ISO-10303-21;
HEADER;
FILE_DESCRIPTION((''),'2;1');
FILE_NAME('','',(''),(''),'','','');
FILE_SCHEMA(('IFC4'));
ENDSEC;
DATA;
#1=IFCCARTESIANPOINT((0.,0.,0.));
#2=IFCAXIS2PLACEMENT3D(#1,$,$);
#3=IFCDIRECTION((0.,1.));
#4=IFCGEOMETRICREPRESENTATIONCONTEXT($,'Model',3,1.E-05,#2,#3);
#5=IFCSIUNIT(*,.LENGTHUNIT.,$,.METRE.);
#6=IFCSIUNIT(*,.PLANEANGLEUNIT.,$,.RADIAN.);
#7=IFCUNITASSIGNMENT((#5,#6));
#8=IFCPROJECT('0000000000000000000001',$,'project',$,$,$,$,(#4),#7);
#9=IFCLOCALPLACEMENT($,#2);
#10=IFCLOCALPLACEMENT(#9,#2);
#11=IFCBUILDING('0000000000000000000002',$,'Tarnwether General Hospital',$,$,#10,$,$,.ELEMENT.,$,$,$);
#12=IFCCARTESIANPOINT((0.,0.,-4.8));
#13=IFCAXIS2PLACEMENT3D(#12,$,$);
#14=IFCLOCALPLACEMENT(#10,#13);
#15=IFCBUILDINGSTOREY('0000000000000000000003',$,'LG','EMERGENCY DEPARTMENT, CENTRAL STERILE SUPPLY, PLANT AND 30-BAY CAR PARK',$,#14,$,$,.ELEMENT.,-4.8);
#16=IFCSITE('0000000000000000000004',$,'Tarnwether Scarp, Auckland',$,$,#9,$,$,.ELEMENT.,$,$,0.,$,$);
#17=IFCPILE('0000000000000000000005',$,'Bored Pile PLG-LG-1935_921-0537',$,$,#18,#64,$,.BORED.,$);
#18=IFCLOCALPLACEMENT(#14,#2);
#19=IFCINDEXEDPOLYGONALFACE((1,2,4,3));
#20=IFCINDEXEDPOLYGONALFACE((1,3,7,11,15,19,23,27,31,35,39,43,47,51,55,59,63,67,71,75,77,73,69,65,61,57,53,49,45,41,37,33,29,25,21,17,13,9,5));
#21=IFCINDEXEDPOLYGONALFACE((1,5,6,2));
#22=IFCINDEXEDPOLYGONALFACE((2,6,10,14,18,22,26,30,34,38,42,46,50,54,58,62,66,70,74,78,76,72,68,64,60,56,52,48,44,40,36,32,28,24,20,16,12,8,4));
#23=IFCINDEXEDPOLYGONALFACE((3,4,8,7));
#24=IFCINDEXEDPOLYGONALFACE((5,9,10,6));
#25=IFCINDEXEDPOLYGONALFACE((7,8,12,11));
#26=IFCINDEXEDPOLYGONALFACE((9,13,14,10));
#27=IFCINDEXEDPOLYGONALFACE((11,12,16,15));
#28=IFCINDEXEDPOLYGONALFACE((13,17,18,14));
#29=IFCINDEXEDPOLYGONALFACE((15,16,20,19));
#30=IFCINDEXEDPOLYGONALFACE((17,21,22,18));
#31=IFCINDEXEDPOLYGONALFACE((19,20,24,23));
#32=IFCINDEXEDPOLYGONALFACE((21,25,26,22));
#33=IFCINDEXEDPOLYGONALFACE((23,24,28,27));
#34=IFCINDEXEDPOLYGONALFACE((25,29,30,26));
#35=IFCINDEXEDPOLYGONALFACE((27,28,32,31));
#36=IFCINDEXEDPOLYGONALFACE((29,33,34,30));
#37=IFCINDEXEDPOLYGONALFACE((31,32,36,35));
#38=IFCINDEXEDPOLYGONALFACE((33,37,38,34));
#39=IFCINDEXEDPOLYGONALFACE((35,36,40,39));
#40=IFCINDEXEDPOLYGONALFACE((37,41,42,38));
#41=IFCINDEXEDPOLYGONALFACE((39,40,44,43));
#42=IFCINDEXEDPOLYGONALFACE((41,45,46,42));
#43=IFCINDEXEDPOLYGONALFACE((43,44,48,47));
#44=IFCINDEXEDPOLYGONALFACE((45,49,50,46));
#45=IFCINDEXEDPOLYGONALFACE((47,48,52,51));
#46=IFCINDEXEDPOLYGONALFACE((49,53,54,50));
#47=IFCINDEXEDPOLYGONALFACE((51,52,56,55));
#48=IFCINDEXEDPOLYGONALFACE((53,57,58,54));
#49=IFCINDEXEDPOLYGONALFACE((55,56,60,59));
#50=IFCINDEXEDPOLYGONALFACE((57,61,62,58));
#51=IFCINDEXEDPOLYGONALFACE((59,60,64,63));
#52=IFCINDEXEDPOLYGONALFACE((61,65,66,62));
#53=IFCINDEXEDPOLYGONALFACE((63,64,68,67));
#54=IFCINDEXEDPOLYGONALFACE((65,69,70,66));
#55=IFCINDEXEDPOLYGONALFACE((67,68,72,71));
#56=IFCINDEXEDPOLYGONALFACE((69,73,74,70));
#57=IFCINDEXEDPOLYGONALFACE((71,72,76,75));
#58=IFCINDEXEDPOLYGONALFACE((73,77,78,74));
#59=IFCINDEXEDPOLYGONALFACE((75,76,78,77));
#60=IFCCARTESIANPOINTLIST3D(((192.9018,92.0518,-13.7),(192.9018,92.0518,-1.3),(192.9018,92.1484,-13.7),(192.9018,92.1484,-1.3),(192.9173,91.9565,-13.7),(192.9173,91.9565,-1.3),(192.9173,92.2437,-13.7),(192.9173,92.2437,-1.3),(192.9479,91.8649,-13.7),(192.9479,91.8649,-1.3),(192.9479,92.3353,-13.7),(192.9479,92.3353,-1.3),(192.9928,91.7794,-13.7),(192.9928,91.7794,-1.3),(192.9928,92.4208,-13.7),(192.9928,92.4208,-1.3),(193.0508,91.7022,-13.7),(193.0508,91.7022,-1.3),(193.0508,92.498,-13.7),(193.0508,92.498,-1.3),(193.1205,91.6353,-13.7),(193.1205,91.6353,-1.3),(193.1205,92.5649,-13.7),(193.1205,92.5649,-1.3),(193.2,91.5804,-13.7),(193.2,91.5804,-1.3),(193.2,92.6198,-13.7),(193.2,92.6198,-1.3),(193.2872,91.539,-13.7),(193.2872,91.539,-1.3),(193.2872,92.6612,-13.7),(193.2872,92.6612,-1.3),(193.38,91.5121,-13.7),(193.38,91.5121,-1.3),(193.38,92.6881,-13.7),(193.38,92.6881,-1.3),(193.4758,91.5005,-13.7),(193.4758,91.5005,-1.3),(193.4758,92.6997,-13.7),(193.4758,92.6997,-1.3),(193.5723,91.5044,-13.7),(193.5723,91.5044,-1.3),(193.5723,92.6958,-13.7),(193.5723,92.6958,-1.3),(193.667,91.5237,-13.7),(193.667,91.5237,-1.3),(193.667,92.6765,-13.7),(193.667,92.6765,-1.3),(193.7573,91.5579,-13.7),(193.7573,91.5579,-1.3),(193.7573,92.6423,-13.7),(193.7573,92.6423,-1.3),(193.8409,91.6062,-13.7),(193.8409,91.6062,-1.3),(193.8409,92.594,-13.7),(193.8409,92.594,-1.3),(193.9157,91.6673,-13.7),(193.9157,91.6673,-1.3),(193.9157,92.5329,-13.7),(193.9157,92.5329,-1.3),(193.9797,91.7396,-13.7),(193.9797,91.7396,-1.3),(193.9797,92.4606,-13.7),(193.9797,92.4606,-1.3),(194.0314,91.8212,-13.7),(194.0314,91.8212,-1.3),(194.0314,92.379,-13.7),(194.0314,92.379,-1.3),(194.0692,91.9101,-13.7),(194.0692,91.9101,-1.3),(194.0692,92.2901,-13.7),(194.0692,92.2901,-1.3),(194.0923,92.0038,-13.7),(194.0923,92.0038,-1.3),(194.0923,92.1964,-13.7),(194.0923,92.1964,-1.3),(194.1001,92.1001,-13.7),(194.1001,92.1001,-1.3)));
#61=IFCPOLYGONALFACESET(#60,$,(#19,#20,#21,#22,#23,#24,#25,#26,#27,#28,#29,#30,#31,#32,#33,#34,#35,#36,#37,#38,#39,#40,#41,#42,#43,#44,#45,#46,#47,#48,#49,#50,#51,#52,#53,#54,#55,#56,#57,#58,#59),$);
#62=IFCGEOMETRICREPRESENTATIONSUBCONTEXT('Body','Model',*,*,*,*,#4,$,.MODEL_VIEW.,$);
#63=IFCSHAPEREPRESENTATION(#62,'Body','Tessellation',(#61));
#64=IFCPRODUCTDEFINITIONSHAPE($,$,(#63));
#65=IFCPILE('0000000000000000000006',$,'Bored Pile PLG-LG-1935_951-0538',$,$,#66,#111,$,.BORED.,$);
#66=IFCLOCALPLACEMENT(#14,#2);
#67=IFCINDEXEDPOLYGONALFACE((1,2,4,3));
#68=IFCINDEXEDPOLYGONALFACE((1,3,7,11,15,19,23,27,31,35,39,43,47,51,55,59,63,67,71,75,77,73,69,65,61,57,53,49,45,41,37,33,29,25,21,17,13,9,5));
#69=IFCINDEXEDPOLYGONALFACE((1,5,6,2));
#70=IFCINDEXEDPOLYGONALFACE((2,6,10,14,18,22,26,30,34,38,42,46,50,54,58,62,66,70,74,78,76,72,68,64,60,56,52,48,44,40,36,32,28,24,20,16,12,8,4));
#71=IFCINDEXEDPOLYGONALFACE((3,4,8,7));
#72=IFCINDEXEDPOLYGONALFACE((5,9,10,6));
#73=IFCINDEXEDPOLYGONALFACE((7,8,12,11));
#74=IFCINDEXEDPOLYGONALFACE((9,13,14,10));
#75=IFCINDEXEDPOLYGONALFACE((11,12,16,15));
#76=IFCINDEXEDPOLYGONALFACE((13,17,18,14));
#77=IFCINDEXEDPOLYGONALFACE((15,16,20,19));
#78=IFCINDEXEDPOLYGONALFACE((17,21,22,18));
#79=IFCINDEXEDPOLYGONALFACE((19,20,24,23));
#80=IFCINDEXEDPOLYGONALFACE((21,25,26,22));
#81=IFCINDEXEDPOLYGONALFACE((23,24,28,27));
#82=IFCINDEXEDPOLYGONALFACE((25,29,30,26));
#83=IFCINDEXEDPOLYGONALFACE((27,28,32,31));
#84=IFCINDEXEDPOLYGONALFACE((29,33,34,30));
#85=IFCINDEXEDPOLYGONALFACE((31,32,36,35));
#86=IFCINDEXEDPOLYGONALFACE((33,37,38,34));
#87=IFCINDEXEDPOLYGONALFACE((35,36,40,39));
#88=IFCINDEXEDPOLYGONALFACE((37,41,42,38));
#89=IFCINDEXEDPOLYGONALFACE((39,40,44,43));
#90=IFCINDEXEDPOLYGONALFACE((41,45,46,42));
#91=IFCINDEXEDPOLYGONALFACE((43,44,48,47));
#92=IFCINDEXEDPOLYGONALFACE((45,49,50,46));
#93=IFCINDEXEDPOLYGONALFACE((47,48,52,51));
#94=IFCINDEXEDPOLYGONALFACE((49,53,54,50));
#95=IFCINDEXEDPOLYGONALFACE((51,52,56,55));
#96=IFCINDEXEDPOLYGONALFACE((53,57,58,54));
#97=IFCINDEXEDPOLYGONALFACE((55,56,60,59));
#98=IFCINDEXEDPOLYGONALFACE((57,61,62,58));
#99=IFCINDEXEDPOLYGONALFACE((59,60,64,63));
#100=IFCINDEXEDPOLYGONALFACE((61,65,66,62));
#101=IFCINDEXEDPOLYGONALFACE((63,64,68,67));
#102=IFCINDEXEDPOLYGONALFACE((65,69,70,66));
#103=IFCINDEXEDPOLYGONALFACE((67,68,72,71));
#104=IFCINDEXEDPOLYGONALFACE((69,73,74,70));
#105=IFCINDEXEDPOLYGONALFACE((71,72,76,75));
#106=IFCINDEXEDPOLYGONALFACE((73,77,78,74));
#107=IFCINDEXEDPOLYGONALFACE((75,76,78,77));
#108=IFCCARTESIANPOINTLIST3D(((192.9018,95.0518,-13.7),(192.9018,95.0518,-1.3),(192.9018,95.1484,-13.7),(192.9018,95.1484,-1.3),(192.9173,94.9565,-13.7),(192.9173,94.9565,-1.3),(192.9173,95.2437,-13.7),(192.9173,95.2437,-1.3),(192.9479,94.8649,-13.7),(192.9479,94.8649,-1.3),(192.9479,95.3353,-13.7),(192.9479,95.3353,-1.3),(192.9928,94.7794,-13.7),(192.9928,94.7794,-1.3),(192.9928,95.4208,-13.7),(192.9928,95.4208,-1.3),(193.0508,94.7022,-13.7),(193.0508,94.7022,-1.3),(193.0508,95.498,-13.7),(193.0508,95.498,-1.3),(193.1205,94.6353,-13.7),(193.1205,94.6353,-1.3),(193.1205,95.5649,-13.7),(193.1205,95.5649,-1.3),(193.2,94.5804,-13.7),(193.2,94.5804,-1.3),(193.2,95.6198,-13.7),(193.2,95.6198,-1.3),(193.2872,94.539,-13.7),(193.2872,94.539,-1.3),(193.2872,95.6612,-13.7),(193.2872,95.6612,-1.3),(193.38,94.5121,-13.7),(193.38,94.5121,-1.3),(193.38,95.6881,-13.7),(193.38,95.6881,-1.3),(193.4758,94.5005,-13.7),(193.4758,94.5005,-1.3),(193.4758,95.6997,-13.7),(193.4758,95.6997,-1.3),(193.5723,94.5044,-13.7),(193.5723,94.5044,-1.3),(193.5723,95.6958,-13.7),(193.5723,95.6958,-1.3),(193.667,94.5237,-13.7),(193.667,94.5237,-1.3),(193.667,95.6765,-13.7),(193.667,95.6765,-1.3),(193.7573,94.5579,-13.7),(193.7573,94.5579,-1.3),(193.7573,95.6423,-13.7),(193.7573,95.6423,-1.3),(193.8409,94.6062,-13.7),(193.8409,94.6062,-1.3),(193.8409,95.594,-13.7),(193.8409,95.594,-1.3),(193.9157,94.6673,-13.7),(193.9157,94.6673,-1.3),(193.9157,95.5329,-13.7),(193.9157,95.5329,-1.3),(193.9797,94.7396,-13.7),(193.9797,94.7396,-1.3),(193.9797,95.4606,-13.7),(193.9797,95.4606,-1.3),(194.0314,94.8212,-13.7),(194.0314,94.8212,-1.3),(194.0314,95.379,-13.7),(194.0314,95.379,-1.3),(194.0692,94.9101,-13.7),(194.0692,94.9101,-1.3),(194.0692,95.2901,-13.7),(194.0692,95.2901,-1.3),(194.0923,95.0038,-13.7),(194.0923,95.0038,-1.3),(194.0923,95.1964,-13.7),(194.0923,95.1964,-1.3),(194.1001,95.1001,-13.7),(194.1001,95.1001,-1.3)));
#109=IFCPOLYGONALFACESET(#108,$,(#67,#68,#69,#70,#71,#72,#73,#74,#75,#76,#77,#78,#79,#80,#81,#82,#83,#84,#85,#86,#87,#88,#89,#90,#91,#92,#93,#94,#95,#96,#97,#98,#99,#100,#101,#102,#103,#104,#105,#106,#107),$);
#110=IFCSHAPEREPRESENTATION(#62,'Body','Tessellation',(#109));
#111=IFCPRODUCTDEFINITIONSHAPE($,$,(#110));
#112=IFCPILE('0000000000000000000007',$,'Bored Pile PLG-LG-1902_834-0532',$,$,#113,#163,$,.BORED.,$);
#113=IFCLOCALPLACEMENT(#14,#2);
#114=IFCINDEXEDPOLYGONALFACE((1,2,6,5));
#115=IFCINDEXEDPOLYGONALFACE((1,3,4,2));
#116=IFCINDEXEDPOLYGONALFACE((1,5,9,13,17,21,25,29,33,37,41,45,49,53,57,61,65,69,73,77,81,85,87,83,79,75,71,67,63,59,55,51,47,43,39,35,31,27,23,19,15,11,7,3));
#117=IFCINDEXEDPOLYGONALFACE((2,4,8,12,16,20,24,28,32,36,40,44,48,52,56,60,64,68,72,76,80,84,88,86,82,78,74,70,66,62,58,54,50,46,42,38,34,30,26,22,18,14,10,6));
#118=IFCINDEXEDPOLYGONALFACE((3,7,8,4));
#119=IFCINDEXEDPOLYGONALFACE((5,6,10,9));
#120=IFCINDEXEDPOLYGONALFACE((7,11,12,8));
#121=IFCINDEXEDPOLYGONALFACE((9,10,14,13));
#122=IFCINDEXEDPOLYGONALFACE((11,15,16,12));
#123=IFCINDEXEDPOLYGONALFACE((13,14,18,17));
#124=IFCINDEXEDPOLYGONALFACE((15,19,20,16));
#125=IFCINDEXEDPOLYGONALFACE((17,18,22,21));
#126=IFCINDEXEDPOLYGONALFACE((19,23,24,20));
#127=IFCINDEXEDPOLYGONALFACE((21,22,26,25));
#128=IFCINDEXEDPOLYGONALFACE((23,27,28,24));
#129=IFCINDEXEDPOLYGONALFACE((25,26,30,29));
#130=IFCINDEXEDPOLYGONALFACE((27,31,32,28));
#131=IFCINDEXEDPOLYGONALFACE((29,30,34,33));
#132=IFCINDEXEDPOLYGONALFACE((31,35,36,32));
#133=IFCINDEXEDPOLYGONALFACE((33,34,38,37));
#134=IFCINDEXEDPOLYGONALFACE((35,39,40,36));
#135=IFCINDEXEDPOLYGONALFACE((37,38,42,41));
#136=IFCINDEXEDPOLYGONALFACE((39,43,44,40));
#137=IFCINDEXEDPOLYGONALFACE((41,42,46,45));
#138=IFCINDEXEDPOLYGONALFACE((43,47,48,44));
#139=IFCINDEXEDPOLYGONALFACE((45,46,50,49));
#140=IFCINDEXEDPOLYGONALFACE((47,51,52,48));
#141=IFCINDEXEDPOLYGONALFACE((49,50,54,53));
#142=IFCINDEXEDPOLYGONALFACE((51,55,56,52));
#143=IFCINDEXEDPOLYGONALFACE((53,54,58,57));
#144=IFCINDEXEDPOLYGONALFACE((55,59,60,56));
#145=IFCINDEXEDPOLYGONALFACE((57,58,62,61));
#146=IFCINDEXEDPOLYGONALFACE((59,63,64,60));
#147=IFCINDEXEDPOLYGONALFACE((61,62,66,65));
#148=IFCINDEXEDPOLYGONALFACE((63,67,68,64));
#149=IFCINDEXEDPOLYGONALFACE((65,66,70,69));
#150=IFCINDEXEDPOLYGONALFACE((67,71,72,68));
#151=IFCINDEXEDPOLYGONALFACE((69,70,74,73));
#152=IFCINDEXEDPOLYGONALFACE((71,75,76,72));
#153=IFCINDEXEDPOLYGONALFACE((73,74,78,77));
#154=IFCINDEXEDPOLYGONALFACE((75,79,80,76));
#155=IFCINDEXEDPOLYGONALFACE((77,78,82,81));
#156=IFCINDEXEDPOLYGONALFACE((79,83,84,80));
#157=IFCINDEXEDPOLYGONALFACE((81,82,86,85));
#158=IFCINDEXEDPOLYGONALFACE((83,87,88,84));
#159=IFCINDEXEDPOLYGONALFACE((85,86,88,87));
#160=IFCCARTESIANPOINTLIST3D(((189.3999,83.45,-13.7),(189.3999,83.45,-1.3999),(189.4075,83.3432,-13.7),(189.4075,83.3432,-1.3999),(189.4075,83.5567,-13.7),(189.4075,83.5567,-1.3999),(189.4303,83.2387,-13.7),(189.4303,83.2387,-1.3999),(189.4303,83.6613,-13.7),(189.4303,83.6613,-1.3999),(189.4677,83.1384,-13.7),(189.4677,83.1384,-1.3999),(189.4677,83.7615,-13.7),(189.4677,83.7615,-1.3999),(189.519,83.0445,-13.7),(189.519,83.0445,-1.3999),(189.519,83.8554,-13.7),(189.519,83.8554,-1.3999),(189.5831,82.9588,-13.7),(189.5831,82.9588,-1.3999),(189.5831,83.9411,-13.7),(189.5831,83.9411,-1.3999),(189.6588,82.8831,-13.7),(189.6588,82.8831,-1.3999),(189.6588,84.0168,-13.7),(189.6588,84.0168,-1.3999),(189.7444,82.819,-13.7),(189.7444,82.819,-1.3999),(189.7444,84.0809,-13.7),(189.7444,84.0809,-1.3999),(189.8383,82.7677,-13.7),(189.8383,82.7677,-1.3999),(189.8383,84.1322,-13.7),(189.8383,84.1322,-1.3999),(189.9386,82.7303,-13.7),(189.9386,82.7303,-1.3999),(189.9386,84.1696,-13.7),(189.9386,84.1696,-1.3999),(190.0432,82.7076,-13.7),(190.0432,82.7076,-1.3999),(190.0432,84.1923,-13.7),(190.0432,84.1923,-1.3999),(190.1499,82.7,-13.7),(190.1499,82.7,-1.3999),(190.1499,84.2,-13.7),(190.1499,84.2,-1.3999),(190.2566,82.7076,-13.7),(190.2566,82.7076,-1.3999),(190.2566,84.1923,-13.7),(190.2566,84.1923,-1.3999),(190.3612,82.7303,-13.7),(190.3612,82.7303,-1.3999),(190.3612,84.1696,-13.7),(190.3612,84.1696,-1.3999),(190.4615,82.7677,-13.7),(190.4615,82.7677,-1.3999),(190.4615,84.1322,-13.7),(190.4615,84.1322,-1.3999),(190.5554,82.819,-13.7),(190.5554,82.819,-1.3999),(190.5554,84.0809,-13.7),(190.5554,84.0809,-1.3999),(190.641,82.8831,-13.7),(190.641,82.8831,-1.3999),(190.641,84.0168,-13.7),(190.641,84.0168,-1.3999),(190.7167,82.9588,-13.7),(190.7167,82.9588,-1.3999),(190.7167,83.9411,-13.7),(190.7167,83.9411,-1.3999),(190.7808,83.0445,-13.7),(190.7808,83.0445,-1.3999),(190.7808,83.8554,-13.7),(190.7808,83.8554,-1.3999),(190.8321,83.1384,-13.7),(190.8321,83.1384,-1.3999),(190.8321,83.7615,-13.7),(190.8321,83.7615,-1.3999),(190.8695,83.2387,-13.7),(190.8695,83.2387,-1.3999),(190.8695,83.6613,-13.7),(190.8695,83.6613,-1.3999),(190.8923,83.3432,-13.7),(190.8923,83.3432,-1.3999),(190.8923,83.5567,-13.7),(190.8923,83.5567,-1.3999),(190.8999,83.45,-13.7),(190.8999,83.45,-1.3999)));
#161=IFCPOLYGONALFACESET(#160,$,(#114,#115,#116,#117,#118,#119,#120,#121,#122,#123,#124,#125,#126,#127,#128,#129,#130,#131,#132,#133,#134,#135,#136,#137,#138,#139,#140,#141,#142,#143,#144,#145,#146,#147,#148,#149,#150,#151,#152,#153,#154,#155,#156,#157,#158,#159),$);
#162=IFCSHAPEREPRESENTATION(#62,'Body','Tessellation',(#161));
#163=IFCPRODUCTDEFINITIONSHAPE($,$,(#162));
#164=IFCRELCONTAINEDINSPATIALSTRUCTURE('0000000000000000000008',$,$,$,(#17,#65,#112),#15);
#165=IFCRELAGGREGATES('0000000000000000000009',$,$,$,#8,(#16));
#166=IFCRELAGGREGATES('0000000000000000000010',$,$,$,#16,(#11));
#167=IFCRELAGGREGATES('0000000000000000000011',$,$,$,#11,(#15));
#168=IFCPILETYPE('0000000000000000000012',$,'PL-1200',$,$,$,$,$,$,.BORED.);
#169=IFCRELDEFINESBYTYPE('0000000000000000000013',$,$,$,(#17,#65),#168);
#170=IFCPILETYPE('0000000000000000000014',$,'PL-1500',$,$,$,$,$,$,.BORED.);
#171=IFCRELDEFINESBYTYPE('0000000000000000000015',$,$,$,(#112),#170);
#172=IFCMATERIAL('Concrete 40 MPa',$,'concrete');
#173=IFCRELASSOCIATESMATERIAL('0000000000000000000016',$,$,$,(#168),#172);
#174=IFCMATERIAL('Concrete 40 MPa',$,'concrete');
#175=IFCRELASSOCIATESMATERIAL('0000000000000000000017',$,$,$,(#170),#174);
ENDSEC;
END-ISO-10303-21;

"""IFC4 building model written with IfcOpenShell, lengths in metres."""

from ifc_helpers import new_model, si_unit, direction, frame, origin, origin_2d, place, context, subcontext, project, spatial, circle, extrude, material, material_profile, profile_set, type_object, element, save


model = new_model("IFC4")

# Units and contexts
model_context = context("Model", 3, precision=1e-05, world=origin(), true_north=direction((0.0, 1.0)))
body_context = subcontext(model_context, "Body", "Model", "MODEL_VIEW")
ifc_project = project(units=[si_unit("LENGTHUNIT", "METRE"), si_unit("PLANEANGLEUNIT", "RADIAN")], contexts=[model_context])

# Site, building, storey
site_placement = place(None, origin())
site = spatial("IfcSite", under=ifc_project, at=site_placement, Name="Tarnwether Scarp, Auckland", CompositionType="ELEMENT", RefElevation=0.0)
building_placement = place(site_placement, origin())
building = spatial("IfcBuilding", under=site, at=building_placement, Name="Tarnwether General Hospital", CompositionType="ELEMENT")
storey_placement = place(building_placement, frame((0.0, 0.0, -4.8)))
storey = spatial("IfcBuildingStorey", under=building, at=storey_placement, Name="LG", Description="EMERGENCY DEPARTMENT, CENTRAL STERILE SUPPLY, PLANT AND 30-BAY CAR PARK", CompositionType="ELEMENT", Elevation=-4.8)

# Piles
ifc_material_1 = material(Name="Concrete 40 MPa", Category="concrete")
ifc_material_profile_1 = material_profile(ifc_material_1, circle(Radius=0.6001, at=origin_2d()), Name="PILE-D1200")
ifc_profile_set_1 = profile_set([ifc_material_profile_1], Name="Concrete 40 MPa")
pile_type_1 = type_object("IfcPileType", Name="PL-1200", PredefinedType="BORED", material=ifc_profile_set_1)
for number, where, z_axis, x_axis, name in (
    (1, (193.5, 92.1001, -1.3), (0.0, 0.0, -1.0), (1.0, 0.0, 0.0), "Bored Pile PLG-LG-1935_921-0537"),
    (2, (193.5, 95.1001, -1.3), (0.0, 0.0, -1.0), (1.0, 0.0, 0.0), "Bored Pile PLG-LG-1935_951-0538"),
):
    element("IfcPile", number, at=place(storey_placement, frame(where, z_axis=z_axis, x_axis=x_axis)), inside=storey, type_object=pile_type_1, Name=name, PredefinedType="BORED", context=body_context, shape_type="SweptSolid", body=[
        extrude(circle(Radius=0.6001, at=origin_2d()), origin(), (0.0, 0.0, 1.0), 12.3999),
    ])
ifc_material_2 = material(Name="Concrete 40 MPa", Category="concrete")
ifc_material_profile_2 = material_profile(ifc_material_2, circle(Radius=0.75, at=origin_2d()), Name="PILE-D1500")
ifc_profile_set_2 = profile_set([ifc_material_profile_2], Name="Concrete 40 MPa")
pile_type_2 = type_object("IfcPileType", Name="PL-1500", PredefinedType="BORED", material=ifc_profile_set_2)
for number, where, z_axis, x_axis, name in (
    (3, (190.1499, 83.45, -1.3999), (0.0, 0.0, -1.0), (1.0, 0.0, 0.0), "Bored Pile PLG-LG-1902_834-0532"),
):
    element("IfcPile", number, at=place(storey_placement, frame(where, z_axis=z_axis, x_axis=x_axis)), inside=storey, type_object=pile_type_2, Name=name, PredefinedType="BORED", context=body_context, shape_type="SweptSolid", body=[
        extrude(circle(Radius=0.75, at=origin_2d()), origin(), (0.0, 0.0, 1.0), 12.3),
    ])

save(model, "model.ifc")
